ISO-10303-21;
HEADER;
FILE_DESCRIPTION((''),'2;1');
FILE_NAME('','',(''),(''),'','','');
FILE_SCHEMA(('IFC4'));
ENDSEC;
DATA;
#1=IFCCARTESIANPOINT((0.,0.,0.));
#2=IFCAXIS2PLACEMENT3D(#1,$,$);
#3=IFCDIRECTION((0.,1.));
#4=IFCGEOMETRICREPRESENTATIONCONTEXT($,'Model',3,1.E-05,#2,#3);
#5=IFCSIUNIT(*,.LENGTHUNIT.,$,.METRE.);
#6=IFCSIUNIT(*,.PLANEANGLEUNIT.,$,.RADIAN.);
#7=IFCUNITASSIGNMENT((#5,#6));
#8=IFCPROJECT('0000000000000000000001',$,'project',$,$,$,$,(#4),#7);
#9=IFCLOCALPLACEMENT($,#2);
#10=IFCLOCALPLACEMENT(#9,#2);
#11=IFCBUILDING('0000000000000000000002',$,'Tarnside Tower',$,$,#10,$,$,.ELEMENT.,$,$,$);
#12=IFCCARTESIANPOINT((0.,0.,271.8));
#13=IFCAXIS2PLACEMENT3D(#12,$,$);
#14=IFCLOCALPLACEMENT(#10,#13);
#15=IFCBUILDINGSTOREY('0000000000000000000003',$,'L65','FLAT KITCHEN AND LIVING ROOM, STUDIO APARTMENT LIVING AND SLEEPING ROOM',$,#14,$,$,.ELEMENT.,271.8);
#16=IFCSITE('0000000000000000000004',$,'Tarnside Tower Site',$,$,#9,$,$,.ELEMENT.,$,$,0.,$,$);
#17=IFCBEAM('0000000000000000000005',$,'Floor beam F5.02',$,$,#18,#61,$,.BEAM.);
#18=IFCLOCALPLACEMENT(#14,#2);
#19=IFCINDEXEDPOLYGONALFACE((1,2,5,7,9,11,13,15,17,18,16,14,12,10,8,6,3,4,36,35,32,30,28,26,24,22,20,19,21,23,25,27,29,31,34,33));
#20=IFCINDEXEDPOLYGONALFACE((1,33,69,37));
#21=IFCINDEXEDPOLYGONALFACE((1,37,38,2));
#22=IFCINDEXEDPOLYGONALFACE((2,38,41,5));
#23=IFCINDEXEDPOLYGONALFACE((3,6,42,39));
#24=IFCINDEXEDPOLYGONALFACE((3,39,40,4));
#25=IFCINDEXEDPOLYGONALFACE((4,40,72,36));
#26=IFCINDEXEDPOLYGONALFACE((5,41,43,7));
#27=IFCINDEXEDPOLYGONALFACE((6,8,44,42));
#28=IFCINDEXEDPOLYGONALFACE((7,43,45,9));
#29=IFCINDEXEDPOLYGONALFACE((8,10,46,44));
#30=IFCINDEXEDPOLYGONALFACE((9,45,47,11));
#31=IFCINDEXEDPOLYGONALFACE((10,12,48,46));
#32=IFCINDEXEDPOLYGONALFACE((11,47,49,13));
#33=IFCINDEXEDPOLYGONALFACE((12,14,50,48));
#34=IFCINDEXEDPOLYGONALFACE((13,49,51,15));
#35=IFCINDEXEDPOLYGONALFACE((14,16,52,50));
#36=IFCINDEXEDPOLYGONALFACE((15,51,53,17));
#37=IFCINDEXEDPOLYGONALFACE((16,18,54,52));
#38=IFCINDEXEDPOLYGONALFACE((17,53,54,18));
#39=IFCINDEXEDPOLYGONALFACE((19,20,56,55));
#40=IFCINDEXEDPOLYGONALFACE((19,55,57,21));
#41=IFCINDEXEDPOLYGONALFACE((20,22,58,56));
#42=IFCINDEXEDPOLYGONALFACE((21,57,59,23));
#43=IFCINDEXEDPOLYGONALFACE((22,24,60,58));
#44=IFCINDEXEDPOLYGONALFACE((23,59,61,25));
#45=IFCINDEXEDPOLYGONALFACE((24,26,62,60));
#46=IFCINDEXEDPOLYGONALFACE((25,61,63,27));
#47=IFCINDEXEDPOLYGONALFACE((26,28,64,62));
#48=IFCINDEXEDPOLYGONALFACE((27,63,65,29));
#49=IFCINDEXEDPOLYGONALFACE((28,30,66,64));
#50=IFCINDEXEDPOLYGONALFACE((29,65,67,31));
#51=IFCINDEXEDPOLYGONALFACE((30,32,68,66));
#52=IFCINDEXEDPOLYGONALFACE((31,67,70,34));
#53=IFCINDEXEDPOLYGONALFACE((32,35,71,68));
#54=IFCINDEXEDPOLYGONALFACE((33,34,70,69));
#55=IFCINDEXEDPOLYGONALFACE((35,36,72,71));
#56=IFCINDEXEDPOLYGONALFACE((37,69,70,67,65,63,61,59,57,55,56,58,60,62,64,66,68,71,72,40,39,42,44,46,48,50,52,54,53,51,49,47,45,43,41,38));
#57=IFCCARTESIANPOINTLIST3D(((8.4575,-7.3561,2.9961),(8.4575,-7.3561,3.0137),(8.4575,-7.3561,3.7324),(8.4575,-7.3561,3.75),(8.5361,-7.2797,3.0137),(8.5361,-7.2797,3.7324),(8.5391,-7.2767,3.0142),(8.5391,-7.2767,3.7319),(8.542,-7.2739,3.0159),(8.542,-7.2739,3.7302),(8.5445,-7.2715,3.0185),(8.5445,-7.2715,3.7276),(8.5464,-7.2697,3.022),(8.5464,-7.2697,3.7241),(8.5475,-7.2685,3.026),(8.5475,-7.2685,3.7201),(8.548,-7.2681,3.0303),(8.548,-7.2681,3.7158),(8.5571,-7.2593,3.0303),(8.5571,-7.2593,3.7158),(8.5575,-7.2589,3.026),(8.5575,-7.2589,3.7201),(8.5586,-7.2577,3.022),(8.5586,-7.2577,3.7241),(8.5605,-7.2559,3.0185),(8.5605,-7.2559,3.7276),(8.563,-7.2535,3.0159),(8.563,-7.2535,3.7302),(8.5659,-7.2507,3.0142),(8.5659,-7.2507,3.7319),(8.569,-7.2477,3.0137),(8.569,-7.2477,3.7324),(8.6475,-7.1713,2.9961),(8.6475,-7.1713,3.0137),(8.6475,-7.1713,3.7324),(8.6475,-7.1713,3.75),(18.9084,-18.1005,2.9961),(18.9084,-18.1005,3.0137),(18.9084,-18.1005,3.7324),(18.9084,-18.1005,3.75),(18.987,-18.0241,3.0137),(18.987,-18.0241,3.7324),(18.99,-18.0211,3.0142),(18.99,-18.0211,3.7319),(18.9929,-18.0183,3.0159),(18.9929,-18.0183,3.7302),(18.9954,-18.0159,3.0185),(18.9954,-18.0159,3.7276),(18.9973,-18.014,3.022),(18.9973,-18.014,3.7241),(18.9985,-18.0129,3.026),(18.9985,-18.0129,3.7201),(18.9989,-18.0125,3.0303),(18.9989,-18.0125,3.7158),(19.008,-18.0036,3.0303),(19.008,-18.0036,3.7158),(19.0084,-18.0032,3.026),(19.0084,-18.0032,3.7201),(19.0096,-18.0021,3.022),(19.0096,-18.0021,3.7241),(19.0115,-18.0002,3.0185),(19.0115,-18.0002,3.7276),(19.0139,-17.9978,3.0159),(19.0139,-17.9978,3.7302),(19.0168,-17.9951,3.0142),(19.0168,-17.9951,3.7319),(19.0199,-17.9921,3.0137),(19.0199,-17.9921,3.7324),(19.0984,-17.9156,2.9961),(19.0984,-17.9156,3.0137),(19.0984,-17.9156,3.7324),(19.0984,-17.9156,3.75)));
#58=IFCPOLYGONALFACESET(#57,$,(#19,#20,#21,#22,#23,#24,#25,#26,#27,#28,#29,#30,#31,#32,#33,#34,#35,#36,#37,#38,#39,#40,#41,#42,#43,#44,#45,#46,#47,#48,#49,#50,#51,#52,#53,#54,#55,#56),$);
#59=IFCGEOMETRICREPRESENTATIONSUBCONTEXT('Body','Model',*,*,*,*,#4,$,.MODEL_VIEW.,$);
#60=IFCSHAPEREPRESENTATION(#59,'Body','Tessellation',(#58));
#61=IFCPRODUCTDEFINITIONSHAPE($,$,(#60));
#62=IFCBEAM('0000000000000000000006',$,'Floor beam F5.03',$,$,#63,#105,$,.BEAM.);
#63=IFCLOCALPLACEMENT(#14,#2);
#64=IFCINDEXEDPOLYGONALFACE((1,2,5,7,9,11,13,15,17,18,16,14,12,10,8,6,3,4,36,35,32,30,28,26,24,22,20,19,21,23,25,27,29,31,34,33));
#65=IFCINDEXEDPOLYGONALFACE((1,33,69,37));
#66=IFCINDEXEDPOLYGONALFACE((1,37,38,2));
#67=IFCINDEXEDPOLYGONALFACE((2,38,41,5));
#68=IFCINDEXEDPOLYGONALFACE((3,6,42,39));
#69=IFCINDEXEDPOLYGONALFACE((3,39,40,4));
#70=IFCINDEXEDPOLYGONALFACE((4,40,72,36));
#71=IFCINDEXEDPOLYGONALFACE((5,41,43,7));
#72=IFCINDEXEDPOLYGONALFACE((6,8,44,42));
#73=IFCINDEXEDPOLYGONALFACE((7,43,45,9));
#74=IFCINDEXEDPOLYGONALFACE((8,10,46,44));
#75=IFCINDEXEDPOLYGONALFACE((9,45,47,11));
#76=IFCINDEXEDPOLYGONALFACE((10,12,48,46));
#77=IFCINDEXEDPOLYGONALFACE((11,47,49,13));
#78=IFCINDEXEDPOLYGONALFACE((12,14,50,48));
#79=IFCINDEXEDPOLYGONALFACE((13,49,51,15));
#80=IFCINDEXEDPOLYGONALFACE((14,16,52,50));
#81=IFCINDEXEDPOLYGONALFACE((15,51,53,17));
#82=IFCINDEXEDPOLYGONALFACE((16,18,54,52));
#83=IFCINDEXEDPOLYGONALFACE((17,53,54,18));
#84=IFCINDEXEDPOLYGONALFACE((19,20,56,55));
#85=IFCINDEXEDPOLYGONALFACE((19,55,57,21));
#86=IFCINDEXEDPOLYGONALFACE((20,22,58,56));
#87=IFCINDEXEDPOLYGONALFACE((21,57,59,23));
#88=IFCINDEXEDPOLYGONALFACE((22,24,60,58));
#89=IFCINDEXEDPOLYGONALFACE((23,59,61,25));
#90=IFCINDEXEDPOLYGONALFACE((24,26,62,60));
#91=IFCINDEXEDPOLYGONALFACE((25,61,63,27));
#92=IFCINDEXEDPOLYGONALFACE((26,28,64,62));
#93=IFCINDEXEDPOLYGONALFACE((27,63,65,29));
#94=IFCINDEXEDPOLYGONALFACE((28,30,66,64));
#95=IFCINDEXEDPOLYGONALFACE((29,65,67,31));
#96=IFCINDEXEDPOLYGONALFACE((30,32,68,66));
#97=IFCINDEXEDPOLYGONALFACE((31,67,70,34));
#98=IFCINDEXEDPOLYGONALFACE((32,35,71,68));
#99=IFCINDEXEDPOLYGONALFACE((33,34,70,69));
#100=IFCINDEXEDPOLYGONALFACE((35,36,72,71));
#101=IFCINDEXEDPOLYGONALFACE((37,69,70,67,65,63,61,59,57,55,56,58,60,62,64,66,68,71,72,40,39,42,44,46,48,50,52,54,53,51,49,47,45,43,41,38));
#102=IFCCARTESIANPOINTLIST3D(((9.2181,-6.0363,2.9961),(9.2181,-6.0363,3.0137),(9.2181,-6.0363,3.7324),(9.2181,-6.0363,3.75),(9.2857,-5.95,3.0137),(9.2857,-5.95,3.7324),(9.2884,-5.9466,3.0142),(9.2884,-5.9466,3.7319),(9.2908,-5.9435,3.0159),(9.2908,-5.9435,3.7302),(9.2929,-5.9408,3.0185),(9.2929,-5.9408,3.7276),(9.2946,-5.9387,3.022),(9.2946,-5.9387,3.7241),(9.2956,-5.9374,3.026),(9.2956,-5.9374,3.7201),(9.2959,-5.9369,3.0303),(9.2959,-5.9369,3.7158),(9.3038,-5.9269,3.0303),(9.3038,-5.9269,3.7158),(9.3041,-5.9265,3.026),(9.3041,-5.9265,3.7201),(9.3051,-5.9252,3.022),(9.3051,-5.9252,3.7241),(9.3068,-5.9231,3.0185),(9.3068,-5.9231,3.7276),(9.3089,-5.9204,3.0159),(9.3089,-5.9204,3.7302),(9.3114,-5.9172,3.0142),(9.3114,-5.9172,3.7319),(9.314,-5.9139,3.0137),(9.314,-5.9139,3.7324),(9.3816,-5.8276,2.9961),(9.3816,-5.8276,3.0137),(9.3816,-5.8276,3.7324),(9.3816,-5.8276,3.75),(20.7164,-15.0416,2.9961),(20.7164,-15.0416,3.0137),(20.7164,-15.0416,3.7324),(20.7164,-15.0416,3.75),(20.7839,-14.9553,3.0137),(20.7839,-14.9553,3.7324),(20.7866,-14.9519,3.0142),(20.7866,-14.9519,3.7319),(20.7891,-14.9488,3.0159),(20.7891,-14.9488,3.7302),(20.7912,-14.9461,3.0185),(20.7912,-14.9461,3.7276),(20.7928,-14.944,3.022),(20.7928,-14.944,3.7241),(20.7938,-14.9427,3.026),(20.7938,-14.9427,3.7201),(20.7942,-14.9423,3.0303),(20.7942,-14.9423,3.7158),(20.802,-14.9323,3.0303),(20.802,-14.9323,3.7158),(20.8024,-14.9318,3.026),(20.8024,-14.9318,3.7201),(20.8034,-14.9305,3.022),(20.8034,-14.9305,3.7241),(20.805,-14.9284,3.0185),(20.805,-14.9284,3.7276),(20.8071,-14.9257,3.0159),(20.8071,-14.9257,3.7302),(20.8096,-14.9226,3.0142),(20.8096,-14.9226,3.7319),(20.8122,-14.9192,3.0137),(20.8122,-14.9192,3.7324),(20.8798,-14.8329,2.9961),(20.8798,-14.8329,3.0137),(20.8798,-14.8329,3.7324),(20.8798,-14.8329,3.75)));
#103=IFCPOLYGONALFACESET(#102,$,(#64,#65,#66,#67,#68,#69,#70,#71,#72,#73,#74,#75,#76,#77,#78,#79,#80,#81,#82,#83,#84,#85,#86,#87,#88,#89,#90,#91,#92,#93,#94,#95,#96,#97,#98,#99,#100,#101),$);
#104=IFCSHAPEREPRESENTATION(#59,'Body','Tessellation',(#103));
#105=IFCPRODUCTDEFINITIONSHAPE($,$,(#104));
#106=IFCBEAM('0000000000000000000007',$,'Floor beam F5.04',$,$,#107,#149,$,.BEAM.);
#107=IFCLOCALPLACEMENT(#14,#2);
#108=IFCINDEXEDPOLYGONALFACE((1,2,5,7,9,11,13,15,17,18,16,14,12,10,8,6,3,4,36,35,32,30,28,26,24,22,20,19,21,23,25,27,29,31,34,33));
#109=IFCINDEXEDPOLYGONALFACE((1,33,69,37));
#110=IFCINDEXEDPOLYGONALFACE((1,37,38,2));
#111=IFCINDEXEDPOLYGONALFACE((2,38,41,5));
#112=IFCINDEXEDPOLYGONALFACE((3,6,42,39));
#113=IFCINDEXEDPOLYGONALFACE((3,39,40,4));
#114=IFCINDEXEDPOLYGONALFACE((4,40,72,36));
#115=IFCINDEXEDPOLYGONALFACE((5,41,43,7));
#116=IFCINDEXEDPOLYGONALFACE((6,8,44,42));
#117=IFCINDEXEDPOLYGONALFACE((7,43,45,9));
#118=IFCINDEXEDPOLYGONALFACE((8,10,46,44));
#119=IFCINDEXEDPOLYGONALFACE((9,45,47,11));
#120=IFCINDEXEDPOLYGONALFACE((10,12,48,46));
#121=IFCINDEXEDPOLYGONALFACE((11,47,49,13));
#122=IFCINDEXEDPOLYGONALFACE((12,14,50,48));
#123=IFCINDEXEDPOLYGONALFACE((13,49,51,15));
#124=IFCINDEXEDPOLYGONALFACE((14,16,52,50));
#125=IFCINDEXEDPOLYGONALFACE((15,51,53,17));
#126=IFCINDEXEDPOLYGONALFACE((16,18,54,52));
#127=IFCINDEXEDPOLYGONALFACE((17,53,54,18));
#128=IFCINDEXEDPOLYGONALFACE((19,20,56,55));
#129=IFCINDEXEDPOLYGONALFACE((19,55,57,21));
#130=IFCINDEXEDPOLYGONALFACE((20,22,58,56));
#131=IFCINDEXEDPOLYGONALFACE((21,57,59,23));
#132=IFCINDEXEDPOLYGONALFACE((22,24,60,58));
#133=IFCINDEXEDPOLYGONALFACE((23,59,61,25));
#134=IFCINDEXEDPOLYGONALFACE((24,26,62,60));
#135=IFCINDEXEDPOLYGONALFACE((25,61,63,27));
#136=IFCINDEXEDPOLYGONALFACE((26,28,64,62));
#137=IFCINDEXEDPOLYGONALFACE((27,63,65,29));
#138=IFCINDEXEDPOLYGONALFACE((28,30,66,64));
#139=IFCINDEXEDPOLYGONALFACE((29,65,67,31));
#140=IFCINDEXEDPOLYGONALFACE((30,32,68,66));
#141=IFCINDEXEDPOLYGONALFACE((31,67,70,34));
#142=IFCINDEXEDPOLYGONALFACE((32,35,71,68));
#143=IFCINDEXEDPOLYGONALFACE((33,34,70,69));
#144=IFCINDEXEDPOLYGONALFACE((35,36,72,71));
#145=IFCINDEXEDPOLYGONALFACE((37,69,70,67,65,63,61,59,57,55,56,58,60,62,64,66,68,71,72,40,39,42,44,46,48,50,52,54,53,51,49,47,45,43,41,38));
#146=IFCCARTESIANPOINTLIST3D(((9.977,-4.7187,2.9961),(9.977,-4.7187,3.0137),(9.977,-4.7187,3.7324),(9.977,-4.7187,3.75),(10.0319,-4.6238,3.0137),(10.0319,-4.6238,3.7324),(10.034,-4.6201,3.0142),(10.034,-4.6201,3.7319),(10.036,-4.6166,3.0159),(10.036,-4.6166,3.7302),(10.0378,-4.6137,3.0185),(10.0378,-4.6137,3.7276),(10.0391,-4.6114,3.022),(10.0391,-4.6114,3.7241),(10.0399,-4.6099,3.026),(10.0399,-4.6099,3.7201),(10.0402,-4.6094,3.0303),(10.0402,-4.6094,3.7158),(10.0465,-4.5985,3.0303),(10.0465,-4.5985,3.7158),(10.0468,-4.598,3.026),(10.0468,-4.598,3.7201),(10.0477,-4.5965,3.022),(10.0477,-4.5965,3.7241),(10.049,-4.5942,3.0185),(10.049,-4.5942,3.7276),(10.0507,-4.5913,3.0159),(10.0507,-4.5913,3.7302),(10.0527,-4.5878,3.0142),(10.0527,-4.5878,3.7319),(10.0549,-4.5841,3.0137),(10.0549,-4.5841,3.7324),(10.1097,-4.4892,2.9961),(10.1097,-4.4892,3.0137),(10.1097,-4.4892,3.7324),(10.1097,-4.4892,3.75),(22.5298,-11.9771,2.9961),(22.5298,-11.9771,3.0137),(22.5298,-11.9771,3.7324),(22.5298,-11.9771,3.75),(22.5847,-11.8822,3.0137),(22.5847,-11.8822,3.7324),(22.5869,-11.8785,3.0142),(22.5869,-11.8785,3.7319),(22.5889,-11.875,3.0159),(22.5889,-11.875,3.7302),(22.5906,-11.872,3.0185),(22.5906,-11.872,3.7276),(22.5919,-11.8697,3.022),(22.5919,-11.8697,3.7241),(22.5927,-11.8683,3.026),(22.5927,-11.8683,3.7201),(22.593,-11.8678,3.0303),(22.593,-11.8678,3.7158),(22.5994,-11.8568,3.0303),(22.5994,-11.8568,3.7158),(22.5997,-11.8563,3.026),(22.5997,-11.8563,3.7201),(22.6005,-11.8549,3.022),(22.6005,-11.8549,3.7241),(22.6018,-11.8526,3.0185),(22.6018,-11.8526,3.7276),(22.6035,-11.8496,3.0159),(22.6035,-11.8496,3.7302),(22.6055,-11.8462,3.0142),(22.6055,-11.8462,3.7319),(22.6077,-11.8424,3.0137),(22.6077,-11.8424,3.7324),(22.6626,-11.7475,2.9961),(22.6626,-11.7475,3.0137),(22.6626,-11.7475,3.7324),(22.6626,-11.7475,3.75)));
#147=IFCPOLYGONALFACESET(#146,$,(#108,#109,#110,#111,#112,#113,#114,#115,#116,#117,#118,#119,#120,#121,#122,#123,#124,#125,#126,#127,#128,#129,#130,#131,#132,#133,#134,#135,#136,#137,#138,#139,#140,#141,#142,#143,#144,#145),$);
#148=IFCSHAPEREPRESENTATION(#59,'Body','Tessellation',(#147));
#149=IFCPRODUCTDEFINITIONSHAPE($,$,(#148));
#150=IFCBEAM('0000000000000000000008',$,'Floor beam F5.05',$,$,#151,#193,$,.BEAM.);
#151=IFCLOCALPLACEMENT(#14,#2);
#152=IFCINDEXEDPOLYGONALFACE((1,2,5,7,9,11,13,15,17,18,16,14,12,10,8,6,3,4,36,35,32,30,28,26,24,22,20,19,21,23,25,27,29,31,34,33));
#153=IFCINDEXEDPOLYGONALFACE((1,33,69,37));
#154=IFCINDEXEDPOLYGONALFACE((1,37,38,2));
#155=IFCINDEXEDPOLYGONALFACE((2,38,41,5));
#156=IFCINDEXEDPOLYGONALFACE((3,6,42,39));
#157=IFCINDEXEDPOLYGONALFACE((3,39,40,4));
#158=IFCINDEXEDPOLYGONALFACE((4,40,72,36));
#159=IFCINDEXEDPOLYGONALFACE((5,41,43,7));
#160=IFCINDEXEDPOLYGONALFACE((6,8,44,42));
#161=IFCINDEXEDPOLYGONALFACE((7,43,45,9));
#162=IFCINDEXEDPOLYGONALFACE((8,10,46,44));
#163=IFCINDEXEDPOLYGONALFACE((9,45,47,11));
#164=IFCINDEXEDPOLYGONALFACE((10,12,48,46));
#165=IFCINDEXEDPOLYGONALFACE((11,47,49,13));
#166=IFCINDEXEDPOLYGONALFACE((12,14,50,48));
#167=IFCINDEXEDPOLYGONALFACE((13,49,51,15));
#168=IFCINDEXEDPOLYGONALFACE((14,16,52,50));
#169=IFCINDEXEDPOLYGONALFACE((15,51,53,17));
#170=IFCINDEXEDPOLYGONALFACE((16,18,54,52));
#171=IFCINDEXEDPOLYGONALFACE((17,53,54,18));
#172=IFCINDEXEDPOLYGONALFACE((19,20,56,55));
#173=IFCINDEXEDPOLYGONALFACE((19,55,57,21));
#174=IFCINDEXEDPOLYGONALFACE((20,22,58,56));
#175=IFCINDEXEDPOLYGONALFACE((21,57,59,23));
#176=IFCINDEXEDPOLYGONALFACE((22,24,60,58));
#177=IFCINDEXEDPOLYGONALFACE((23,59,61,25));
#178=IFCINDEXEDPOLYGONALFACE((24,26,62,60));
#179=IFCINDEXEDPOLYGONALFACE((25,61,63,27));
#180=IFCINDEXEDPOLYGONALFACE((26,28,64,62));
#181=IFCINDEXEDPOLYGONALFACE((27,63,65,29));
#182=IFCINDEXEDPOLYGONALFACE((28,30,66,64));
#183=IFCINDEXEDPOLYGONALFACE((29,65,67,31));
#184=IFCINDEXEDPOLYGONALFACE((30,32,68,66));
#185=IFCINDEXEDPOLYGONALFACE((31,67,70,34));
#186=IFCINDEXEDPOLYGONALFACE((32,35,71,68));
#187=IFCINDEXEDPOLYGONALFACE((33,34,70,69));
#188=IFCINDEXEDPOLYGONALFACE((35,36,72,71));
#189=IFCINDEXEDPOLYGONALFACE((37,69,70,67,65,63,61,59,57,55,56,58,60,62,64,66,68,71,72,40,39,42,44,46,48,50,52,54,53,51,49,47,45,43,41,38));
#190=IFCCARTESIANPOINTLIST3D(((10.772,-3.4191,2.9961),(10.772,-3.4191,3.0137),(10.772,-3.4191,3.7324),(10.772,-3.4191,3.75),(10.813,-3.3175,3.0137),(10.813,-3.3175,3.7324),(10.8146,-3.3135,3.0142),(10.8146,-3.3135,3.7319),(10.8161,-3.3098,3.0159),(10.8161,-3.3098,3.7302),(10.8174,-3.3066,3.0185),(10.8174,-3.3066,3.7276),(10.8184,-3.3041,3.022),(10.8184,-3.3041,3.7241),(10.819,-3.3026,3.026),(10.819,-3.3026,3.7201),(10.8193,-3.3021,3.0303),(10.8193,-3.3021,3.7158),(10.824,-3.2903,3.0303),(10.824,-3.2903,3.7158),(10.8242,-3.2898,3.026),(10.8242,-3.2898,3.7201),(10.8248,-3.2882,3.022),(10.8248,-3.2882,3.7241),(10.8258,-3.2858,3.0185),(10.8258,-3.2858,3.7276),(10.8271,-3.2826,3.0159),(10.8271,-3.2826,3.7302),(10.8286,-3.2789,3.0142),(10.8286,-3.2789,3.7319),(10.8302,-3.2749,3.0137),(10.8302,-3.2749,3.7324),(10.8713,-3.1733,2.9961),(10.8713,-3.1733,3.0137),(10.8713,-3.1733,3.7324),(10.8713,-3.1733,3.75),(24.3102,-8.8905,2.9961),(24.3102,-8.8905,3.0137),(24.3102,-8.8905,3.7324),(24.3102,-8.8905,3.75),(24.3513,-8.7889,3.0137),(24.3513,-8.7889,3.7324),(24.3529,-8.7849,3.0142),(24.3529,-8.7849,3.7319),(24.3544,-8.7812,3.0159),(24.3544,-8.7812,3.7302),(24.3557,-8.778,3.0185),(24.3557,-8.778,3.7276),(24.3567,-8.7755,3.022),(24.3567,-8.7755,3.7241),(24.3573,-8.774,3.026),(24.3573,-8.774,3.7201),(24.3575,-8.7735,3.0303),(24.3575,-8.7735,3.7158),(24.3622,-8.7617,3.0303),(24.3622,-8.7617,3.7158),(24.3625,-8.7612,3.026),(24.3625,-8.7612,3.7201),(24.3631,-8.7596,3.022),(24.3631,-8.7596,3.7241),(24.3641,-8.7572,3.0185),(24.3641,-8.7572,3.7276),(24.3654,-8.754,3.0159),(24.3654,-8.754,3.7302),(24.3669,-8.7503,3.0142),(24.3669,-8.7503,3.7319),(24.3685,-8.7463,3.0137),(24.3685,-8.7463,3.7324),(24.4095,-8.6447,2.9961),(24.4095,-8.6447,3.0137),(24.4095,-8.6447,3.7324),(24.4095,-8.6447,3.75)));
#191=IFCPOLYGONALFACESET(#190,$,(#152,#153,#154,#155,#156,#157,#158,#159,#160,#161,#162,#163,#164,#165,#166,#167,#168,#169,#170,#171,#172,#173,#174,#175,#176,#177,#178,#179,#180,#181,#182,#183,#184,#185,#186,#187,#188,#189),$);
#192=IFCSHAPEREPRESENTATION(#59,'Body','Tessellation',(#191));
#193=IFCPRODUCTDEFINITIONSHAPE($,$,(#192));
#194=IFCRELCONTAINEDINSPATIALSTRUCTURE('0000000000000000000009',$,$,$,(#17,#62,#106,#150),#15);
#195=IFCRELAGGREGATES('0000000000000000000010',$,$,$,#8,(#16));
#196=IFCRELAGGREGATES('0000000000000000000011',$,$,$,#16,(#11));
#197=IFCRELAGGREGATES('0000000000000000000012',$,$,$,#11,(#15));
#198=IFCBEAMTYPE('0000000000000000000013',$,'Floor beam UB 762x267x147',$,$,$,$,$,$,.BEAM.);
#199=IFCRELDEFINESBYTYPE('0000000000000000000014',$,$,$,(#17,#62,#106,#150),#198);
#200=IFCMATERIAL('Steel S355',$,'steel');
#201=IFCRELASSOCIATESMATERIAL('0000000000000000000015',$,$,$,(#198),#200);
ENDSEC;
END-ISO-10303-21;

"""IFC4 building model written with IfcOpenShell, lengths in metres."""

from ifc_helpers import new_model, si_unit, direction, frame, origin, origin_2d, place, context, subcontext, project, spatial, i_section, extrude, material, material_profile, profile_set, type_object, element, save


model = new_model("IFC4")

# Units and contexts
model_context = context("Model", 3, precision=1e-05, world=origin(), true_north=direction((0.0, 1.0)))
body_context = subcontext(model_context, "Body", "Model", "MODEL_VIEW")
ifc_project = project(units=[si_unit("LENGTHUNIT", "METRE"), si_unit("PLANEANGLEUNIT", "RADIAN")], contexts=[model_context])

# Site, building, storey
site_placement = place(None, origin())
site = spatial("IfcSite", under=ifc_project, at=site_placement, Name="Tarnside Tower Site", CompositionType="ELEMENT", RefElevation=0.0)
building_placement = place(site_placement, origin())
building = spatial("IfcBuilding", under=site, at=building_placement, Name="Tarnside Tower", CompositionType="ELEMENT")
storey_placement = place(building_placement, frame((0.0, 0.0, 271.8)))
storey = spatial("IfcBuildingStorey", under=building, at=storey_placement, Name="L65", Description="FLAT KITCHEN AND LIVING ROOM, STUDIO APARTMENT LIVING AND SLEEPING ROOM", CompositionType="ELEMENT", Elevation=271.8)

# Beams
ifc_material_1 = material(Name="Steel S355", Category="steel")
ifc_material_profile_1 = material_profile(ifc_material_1, i_section(OverallWidth=0.2651, OverallDepth=0.7539, WebThickness=0.0127, FlangeThickness=0.0176, FilletRadius=0.0166, at=origin_2d()), Name="UB 762x267x147")
ifc_profile_set_1 = profile_set([ifc_material_profile_1], Name="Steel S355")
beam_type_1 = type_object("IfcBeamType", Name="Floor beam UB 762x267x147", PredefinedType="BEAM", material=ifc_profile_set_1)
beam_1_placement = place(storey_placement, frame((19.0034, -18.0081, 3.373), z_axis=(-0.69725, 0.716828, 0.0), x_axis=(-0.716828, -0.69725, 0.0)))
element("IfcBeam", 1, at=beam_1_placement, inside=storey, type_object=beam_type_1, Name="Floor beam F5.02", PredefinedType="BEAM", context=body_context, shape_type="SweptSolid", body=[
    extrude(i_section(OverallWidth=0.2651, OverallDepth=0.7539, WebThickness=0.0127, FlangeThickness=0.0176, FilletRadius=0.0166, at=origin_2d()), origin(), (0.0, 0.0, 1.0), 14.9888),
])
beam_2_placement = place(storey_placement, frame((20.7981, -14.9373, 3.373), z_axis=(-0.787282, 0.616593, 0.0), x_axis=(-0.616593, -0.787282, 0.0)))
element("IfcBeam", 2, at=beam_2_placement, inside=storey, type_object=beam_type_1, Name="Floor beam F5.03", PredefinedType="BEAM", context=body_context, shape_type="SweptSolid", body=[
    extrude(i_section(OverallWidth=0.2651, OverallDepth=0.7539, WebThickness=0.0127, FlangeThickness=0.0176, FilletRadius=0.0166, at=origin_2d()), origin(), (0.0, 0.0, 1.0), 14.605),
])
beam_3_placement = place(storey_placement, frame((22.5962, -11.8623, 3.373), z_axis=(-0.865697, 0.500568, 0.0), x_axis=(-0.500568, -0.865697, 0.0)))
element("IfcBeam", 3, at=beam_3_placement, inside=storey, type_object=beam_type_1, Name="Floor beam F5.04", PredefinedType="BEAM", context=body_context, shape_type="SweptSolid", body=[
    extrude(i_section(OverallWidth=0.2651, OverallDepth=0.7539, WebThickness=0.0127, FlangeThickness=0.0176, FilletRadius=0.0166, at=origin_2d()), origin(), (0.0, 0.0, 1.0), 14.5002),
])
beam_4_placement = place(storey_placement, frame((24.3599, -8.7676, 3.373), z_axis=(-0.927146, 0.374701, 0.0), x_axis=(-0.374701, -0.927146, 0.0)))
element("IfcBeam", 4, at=beam_4_placement, inside=storey, type_object=beam_type_1, Name="Floor beam F5.05", PredefinedType="BEAM", context=body_context, shape_type="SweptSolid", body=[
    extrude(i_section(OverallWidth=0.2651, OverallDepth=0.7539, WebThickness=0.0127, FlangeThickness=0.0176, FilletRadius=0.0166, at=origin_2d()), origin(), (0.0, 0.0, 1.0), 14.6021),
])

save(model, "model.ifc")
